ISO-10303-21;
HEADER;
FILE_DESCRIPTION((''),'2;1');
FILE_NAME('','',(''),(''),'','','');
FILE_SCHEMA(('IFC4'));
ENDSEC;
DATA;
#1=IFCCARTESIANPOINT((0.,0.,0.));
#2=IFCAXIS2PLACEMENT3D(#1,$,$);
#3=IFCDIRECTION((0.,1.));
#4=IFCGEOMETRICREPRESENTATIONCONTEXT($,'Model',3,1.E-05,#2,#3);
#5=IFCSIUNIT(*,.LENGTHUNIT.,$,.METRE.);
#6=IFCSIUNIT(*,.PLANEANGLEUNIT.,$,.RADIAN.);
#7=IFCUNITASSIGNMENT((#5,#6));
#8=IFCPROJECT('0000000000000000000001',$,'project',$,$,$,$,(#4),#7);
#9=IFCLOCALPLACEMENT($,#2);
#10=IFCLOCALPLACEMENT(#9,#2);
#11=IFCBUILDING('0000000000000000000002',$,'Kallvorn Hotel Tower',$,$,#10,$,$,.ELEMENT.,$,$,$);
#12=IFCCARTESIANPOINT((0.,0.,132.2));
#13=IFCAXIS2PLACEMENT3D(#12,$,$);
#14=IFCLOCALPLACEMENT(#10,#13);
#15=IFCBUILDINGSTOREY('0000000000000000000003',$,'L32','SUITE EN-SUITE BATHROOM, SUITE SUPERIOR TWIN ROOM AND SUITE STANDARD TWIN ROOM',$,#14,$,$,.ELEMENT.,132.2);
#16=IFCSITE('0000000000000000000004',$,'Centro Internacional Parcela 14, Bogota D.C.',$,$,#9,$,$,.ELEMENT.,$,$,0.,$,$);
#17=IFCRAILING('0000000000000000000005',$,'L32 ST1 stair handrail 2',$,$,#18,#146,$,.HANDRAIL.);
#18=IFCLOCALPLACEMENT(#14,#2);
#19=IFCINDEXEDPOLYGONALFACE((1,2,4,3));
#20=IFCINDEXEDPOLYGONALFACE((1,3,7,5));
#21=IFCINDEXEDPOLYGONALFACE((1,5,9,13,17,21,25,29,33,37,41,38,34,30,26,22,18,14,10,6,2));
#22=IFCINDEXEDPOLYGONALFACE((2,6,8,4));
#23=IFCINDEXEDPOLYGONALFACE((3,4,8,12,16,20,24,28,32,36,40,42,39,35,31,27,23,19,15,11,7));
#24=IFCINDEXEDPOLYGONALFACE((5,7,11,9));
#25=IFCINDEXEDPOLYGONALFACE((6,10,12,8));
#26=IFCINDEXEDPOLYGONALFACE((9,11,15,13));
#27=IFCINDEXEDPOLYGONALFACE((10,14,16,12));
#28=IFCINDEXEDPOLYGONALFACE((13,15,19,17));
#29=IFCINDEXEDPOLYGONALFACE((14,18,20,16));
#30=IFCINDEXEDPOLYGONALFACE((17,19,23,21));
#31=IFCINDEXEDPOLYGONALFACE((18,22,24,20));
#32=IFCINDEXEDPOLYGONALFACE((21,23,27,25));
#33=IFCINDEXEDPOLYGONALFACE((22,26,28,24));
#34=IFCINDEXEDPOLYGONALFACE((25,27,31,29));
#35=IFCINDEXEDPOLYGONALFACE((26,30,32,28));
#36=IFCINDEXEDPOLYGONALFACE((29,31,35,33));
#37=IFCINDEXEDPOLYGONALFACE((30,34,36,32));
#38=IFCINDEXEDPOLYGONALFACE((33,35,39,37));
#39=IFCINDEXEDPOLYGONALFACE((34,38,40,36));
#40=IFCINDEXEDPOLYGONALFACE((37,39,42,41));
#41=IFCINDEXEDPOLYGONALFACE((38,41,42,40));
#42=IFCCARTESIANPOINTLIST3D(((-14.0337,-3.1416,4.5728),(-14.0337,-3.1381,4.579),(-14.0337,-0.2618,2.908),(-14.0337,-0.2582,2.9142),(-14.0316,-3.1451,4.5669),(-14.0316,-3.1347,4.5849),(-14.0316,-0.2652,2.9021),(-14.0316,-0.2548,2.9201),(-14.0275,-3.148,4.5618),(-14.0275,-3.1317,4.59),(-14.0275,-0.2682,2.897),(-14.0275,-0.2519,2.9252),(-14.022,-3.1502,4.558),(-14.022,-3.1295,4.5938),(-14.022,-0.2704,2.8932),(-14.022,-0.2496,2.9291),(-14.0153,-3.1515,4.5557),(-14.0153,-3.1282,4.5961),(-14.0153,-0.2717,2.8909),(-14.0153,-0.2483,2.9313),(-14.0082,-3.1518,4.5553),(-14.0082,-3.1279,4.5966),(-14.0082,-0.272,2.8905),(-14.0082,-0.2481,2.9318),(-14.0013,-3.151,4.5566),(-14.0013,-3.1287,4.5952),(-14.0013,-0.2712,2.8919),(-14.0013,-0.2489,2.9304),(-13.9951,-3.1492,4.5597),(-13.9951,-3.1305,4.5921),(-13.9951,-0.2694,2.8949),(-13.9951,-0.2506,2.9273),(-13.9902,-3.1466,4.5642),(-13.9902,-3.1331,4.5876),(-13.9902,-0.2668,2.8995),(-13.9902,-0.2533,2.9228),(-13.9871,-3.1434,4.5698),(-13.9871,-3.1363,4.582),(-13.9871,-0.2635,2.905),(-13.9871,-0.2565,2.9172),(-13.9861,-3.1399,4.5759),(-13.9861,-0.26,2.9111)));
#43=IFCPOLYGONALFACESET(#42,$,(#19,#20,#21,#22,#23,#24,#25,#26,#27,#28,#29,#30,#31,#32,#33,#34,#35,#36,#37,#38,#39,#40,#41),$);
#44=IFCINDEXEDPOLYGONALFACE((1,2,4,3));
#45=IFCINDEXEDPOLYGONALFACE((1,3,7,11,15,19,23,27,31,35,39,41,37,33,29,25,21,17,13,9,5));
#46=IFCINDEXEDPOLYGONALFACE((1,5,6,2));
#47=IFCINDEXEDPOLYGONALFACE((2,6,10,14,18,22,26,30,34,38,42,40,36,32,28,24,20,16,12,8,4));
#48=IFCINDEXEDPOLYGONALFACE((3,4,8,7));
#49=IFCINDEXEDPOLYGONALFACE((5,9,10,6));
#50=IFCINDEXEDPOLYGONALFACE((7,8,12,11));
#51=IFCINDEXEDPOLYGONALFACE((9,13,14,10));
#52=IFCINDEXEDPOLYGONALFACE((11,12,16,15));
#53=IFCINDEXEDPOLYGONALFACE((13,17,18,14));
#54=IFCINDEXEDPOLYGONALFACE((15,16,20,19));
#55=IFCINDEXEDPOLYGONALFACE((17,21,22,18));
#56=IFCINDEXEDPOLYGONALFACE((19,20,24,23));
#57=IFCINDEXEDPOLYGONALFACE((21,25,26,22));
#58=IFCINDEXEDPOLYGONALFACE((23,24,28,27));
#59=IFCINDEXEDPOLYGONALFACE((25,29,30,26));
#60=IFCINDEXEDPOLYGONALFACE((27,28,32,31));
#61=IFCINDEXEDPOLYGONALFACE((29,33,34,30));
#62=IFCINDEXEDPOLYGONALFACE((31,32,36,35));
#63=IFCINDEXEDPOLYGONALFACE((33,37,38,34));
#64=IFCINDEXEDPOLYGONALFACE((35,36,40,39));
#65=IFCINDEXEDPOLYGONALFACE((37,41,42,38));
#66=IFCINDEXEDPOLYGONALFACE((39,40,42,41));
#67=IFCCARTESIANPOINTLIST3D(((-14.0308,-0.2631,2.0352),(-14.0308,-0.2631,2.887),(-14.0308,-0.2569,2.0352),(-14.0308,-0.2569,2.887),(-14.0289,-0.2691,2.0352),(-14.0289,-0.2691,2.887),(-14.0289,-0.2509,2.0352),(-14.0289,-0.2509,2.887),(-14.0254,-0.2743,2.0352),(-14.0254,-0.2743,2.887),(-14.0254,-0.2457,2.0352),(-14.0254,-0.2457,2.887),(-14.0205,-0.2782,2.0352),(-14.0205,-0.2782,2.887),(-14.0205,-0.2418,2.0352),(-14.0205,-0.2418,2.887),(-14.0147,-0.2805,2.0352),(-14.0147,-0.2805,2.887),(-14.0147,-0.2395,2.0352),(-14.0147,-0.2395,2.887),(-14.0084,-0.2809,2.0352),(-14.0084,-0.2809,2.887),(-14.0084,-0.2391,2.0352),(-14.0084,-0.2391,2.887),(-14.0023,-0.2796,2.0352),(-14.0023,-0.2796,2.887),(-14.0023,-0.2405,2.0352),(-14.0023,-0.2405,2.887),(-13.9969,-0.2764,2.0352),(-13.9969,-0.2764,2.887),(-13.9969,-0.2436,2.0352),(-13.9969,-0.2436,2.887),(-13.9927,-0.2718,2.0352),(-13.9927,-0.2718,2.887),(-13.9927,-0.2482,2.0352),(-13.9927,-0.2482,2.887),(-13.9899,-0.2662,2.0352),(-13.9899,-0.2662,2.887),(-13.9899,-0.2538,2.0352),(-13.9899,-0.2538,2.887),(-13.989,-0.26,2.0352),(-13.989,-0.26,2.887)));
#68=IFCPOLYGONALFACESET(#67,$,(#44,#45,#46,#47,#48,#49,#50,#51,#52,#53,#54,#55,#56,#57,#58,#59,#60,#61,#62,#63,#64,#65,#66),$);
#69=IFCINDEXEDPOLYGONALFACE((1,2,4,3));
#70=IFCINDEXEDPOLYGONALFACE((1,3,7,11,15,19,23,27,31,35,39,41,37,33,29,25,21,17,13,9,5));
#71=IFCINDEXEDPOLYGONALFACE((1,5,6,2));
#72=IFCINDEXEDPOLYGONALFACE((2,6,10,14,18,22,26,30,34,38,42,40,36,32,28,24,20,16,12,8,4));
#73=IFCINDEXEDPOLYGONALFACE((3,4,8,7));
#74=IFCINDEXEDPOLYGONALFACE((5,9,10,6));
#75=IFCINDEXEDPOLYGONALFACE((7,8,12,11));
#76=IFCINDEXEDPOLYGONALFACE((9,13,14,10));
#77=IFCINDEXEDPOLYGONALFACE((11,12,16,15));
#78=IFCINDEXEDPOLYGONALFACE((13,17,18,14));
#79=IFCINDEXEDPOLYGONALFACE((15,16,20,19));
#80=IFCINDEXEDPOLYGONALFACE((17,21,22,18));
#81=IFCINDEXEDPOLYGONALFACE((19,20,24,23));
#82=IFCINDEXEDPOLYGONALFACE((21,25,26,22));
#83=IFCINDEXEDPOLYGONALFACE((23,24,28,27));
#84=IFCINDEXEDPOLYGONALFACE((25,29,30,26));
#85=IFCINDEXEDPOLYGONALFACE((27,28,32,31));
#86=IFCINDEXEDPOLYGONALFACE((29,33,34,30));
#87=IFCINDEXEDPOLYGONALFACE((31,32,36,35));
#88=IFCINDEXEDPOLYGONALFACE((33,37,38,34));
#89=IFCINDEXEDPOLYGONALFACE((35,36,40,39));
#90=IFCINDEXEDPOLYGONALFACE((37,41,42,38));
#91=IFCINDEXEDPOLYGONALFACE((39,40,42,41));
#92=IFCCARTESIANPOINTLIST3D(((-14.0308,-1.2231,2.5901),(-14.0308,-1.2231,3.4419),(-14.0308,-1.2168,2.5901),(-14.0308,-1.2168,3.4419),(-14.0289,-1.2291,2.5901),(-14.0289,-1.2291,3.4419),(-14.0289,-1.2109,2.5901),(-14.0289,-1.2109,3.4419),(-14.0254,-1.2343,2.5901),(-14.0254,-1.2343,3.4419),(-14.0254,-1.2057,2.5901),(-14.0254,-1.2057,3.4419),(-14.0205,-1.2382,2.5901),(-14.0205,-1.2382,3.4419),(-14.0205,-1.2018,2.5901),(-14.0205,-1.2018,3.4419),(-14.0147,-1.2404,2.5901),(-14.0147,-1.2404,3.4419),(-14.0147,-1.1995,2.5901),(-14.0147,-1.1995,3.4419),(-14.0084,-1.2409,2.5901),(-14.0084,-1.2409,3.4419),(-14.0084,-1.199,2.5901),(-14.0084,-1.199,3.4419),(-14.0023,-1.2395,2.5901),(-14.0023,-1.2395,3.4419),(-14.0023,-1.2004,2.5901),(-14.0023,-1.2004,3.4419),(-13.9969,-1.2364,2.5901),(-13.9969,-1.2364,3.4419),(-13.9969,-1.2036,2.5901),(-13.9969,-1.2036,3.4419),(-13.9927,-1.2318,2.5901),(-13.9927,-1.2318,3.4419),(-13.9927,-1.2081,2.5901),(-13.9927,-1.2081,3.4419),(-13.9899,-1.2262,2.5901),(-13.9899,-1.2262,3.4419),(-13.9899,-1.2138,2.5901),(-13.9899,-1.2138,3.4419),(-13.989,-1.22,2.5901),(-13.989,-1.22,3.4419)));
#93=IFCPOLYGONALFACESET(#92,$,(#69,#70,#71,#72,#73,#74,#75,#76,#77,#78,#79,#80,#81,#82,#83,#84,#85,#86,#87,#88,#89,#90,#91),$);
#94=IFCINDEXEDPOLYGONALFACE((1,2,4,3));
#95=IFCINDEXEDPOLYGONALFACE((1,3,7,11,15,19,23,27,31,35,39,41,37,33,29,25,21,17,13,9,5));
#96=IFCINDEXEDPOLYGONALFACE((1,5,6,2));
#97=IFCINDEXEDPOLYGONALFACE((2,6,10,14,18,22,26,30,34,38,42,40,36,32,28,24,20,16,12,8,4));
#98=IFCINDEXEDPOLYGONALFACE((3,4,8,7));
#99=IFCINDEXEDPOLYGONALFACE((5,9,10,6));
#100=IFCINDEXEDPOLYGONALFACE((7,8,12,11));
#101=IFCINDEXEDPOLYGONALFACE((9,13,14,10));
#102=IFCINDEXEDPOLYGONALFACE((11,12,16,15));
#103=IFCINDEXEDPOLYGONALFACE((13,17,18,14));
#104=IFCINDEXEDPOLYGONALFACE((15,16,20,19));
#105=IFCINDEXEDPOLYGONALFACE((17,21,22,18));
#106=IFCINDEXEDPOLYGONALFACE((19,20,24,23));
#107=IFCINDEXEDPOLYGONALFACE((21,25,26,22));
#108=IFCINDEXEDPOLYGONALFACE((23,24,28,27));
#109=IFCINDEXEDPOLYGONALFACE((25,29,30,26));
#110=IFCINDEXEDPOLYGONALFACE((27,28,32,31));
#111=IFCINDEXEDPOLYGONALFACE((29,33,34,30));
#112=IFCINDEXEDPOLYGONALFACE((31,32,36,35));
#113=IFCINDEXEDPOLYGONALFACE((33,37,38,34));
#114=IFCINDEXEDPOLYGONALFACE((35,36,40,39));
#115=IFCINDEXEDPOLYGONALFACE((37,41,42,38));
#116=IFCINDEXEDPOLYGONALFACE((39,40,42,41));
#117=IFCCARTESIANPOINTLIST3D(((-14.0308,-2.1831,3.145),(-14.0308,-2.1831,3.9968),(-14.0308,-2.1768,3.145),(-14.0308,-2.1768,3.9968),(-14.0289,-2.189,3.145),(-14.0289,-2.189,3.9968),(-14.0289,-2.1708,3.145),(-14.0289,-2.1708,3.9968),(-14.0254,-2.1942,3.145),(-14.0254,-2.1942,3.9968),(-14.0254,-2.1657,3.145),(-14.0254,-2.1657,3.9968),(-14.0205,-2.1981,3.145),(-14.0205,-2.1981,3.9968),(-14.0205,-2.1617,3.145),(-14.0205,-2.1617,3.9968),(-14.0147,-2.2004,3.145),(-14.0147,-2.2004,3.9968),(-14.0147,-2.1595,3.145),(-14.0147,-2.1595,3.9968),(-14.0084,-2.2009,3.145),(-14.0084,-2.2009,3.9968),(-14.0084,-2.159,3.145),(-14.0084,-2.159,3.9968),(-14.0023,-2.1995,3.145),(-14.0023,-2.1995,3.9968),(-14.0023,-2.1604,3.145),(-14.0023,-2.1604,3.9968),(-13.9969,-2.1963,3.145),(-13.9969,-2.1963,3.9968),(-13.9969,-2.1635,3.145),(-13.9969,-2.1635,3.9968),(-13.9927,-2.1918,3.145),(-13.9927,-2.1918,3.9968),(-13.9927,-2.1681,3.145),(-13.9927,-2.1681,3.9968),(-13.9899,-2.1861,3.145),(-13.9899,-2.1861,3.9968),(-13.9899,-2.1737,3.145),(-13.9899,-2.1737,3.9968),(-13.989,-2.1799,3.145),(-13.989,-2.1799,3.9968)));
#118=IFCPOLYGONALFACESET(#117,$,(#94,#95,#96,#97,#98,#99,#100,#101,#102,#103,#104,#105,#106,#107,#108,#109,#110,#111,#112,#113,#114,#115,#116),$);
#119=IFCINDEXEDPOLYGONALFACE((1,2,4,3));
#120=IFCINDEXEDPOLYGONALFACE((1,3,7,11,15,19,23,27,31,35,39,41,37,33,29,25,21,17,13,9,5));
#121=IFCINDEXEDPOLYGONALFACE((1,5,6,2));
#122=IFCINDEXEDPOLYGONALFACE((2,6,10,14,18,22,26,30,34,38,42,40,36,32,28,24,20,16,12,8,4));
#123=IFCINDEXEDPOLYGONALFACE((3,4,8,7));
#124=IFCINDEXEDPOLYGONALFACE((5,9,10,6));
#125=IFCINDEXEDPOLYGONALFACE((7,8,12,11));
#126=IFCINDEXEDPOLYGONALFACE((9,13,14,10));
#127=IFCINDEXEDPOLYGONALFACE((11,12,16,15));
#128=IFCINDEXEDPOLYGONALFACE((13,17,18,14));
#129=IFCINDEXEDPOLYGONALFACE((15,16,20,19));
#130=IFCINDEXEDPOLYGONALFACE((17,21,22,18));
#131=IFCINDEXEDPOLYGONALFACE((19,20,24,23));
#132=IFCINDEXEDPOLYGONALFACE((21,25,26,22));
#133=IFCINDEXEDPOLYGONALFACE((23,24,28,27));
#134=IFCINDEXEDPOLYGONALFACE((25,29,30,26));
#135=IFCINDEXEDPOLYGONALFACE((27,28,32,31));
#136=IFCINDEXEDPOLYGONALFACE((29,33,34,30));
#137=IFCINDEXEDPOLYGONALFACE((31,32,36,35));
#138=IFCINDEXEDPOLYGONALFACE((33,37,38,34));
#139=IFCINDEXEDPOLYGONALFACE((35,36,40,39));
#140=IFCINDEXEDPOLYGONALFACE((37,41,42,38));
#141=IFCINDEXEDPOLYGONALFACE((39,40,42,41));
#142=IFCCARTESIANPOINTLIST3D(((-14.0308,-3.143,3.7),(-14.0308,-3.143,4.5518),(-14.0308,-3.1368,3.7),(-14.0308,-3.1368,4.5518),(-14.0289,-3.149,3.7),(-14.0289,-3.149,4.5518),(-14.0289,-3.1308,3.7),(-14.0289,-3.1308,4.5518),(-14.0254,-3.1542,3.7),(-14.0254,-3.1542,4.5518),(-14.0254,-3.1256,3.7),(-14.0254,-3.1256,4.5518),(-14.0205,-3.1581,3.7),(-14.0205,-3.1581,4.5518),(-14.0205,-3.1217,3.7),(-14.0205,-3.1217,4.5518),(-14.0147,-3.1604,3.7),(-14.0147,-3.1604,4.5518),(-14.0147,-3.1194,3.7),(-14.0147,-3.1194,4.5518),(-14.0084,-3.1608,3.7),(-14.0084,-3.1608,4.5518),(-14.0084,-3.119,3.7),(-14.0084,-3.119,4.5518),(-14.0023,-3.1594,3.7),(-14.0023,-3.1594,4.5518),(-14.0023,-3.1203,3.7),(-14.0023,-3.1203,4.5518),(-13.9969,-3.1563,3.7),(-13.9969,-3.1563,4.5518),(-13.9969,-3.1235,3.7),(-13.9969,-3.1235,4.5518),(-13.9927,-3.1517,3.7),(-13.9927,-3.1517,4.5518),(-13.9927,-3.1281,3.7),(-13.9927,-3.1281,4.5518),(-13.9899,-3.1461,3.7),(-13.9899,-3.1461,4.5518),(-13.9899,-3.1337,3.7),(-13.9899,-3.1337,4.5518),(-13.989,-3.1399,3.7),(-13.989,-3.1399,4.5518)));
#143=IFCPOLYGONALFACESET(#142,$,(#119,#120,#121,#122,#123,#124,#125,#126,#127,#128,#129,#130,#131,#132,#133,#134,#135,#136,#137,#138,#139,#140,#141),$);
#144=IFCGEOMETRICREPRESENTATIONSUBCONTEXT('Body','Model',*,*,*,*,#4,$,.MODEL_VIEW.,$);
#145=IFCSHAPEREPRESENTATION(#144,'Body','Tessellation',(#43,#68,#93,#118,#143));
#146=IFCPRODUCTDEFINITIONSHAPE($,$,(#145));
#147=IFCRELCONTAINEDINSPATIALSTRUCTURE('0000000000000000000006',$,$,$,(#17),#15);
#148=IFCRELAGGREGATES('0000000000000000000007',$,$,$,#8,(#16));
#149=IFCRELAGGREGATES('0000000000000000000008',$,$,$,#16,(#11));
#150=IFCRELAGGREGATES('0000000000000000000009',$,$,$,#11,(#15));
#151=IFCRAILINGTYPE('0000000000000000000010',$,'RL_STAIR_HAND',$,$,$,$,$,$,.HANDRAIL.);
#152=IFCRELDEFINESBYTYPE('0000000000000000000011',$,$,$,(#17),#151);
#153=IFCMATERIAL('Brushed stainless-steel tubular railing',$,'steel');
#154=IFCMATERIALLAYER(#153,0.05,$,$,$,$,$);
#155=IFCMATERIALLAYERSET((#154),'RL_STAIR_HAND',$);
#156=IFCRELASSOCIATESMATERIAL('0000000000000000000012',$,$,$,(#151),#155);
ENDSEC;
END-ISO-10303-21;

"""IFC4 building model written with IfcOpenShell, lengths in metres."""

from ifc_helpers import new_model, si_unit, direction, frame, origin, origin_2d, place, context, subcontext, project, spatial, circle, extrude, material, layer, layer_set, type_object, element, save


model = new_model("IFC4")

# Units and contexts
model_context = context("Model", 3, precision=1e-05, world=origin(), true_north=direction((0.0, 1.0)))
body_context = subcontext(model_context, "Body", "Model", "MODEL_VIEW")
ifc_project = project(units=[si_unit("LENGTHUNIT", "METRE"), si_unit("PLANEANGLEUNIT", "RADIAN")], contexts=[model_context])

# Site, building, storey
site_placement = place(None, origin())
site = spatial("IfcSite", under=ifc_project, at=site_placement, Name="Centro Internacional Parcela 14, Bogota D.C.", CompositionType="ELEMENT", RefElevation=0.0)
building_placement = place(site_placement, origin())
building = spatial("IfcBuilding", under=site, at=building_placement, Name="Kallvorn Hotel Tower", CompositionType="ELEMENT")
storey_placement = place(building_placement, frame((0.0, 0.0, 132.2)))
storey = spatial("IfcBuildingStorey", under=building, at=storey_placement, Name="L32", Description="SUITE EN-SUITE BATHROOM, SUITE SUPERIOR TWIN ROOM AND SUITE STANDARD TWIN ROOM", CompositionType="ELEMENT", Elevation=132.2)

# Railing
ifc_material_1 = material(Name="Brushed stainless-steel tubular railing", Category="steel")
ifc_layer_1 = layer(ifc_material_1, 0.05)
ifc_layer_set_1 = layer_set([ifc_layer_1], Name="RL_STAIR_HAND")
railing_type_1 = type_object("IfcRailingType", Name="RL_STAIR_HAND", PredefinedType="HANDRAIL", material=ifc_layer_set_1)
railing_1_placement = place(storey_placement, frame((-14.01, -0.26, 2.0352)))
element("IfcRailing", 1, at=railing_1_placement, inside=storey, type_object=railing_type_1, Name="L32 ST1 stair handrail 2", PredefinedType="HANDRAIL", context=body_context, shape_type="SweptSolid", body=[
    extrude(circle(Radius=0.0239, at=origin_2d()), frame((0.0, 0.0, 0.876), z_axis=(0.0, -0.865753, 0.500472), x_axis=(1.0, 0.0, 0.0)), (0.0, 0.0, 1.0), 3.3264),
    extrude(circle(Radius=0.021, at=origin_2d()), origin(), (0.0, 0.0, 1.0), 0.8518),
    extrude(circle(Radius=0.021, at=origin_2d()), frame((0.0, -0.96, 0.5549)), (0.0, 0.0, 1.0), 0.8518),
    extrude(circle(Radius=0.021, at=origin_2d()), frame((0.0, -1.9199, 1.1099)), (0.0, 0.0, 1.0), 0.8518),
    extrude(circle(Radius=0.021, at=origin_2d()), frame((0.0, -2.8799, 1.6648)), (0.0, 0.0, 1.0), 0.8518),
])

save(model, "model.ifc")
